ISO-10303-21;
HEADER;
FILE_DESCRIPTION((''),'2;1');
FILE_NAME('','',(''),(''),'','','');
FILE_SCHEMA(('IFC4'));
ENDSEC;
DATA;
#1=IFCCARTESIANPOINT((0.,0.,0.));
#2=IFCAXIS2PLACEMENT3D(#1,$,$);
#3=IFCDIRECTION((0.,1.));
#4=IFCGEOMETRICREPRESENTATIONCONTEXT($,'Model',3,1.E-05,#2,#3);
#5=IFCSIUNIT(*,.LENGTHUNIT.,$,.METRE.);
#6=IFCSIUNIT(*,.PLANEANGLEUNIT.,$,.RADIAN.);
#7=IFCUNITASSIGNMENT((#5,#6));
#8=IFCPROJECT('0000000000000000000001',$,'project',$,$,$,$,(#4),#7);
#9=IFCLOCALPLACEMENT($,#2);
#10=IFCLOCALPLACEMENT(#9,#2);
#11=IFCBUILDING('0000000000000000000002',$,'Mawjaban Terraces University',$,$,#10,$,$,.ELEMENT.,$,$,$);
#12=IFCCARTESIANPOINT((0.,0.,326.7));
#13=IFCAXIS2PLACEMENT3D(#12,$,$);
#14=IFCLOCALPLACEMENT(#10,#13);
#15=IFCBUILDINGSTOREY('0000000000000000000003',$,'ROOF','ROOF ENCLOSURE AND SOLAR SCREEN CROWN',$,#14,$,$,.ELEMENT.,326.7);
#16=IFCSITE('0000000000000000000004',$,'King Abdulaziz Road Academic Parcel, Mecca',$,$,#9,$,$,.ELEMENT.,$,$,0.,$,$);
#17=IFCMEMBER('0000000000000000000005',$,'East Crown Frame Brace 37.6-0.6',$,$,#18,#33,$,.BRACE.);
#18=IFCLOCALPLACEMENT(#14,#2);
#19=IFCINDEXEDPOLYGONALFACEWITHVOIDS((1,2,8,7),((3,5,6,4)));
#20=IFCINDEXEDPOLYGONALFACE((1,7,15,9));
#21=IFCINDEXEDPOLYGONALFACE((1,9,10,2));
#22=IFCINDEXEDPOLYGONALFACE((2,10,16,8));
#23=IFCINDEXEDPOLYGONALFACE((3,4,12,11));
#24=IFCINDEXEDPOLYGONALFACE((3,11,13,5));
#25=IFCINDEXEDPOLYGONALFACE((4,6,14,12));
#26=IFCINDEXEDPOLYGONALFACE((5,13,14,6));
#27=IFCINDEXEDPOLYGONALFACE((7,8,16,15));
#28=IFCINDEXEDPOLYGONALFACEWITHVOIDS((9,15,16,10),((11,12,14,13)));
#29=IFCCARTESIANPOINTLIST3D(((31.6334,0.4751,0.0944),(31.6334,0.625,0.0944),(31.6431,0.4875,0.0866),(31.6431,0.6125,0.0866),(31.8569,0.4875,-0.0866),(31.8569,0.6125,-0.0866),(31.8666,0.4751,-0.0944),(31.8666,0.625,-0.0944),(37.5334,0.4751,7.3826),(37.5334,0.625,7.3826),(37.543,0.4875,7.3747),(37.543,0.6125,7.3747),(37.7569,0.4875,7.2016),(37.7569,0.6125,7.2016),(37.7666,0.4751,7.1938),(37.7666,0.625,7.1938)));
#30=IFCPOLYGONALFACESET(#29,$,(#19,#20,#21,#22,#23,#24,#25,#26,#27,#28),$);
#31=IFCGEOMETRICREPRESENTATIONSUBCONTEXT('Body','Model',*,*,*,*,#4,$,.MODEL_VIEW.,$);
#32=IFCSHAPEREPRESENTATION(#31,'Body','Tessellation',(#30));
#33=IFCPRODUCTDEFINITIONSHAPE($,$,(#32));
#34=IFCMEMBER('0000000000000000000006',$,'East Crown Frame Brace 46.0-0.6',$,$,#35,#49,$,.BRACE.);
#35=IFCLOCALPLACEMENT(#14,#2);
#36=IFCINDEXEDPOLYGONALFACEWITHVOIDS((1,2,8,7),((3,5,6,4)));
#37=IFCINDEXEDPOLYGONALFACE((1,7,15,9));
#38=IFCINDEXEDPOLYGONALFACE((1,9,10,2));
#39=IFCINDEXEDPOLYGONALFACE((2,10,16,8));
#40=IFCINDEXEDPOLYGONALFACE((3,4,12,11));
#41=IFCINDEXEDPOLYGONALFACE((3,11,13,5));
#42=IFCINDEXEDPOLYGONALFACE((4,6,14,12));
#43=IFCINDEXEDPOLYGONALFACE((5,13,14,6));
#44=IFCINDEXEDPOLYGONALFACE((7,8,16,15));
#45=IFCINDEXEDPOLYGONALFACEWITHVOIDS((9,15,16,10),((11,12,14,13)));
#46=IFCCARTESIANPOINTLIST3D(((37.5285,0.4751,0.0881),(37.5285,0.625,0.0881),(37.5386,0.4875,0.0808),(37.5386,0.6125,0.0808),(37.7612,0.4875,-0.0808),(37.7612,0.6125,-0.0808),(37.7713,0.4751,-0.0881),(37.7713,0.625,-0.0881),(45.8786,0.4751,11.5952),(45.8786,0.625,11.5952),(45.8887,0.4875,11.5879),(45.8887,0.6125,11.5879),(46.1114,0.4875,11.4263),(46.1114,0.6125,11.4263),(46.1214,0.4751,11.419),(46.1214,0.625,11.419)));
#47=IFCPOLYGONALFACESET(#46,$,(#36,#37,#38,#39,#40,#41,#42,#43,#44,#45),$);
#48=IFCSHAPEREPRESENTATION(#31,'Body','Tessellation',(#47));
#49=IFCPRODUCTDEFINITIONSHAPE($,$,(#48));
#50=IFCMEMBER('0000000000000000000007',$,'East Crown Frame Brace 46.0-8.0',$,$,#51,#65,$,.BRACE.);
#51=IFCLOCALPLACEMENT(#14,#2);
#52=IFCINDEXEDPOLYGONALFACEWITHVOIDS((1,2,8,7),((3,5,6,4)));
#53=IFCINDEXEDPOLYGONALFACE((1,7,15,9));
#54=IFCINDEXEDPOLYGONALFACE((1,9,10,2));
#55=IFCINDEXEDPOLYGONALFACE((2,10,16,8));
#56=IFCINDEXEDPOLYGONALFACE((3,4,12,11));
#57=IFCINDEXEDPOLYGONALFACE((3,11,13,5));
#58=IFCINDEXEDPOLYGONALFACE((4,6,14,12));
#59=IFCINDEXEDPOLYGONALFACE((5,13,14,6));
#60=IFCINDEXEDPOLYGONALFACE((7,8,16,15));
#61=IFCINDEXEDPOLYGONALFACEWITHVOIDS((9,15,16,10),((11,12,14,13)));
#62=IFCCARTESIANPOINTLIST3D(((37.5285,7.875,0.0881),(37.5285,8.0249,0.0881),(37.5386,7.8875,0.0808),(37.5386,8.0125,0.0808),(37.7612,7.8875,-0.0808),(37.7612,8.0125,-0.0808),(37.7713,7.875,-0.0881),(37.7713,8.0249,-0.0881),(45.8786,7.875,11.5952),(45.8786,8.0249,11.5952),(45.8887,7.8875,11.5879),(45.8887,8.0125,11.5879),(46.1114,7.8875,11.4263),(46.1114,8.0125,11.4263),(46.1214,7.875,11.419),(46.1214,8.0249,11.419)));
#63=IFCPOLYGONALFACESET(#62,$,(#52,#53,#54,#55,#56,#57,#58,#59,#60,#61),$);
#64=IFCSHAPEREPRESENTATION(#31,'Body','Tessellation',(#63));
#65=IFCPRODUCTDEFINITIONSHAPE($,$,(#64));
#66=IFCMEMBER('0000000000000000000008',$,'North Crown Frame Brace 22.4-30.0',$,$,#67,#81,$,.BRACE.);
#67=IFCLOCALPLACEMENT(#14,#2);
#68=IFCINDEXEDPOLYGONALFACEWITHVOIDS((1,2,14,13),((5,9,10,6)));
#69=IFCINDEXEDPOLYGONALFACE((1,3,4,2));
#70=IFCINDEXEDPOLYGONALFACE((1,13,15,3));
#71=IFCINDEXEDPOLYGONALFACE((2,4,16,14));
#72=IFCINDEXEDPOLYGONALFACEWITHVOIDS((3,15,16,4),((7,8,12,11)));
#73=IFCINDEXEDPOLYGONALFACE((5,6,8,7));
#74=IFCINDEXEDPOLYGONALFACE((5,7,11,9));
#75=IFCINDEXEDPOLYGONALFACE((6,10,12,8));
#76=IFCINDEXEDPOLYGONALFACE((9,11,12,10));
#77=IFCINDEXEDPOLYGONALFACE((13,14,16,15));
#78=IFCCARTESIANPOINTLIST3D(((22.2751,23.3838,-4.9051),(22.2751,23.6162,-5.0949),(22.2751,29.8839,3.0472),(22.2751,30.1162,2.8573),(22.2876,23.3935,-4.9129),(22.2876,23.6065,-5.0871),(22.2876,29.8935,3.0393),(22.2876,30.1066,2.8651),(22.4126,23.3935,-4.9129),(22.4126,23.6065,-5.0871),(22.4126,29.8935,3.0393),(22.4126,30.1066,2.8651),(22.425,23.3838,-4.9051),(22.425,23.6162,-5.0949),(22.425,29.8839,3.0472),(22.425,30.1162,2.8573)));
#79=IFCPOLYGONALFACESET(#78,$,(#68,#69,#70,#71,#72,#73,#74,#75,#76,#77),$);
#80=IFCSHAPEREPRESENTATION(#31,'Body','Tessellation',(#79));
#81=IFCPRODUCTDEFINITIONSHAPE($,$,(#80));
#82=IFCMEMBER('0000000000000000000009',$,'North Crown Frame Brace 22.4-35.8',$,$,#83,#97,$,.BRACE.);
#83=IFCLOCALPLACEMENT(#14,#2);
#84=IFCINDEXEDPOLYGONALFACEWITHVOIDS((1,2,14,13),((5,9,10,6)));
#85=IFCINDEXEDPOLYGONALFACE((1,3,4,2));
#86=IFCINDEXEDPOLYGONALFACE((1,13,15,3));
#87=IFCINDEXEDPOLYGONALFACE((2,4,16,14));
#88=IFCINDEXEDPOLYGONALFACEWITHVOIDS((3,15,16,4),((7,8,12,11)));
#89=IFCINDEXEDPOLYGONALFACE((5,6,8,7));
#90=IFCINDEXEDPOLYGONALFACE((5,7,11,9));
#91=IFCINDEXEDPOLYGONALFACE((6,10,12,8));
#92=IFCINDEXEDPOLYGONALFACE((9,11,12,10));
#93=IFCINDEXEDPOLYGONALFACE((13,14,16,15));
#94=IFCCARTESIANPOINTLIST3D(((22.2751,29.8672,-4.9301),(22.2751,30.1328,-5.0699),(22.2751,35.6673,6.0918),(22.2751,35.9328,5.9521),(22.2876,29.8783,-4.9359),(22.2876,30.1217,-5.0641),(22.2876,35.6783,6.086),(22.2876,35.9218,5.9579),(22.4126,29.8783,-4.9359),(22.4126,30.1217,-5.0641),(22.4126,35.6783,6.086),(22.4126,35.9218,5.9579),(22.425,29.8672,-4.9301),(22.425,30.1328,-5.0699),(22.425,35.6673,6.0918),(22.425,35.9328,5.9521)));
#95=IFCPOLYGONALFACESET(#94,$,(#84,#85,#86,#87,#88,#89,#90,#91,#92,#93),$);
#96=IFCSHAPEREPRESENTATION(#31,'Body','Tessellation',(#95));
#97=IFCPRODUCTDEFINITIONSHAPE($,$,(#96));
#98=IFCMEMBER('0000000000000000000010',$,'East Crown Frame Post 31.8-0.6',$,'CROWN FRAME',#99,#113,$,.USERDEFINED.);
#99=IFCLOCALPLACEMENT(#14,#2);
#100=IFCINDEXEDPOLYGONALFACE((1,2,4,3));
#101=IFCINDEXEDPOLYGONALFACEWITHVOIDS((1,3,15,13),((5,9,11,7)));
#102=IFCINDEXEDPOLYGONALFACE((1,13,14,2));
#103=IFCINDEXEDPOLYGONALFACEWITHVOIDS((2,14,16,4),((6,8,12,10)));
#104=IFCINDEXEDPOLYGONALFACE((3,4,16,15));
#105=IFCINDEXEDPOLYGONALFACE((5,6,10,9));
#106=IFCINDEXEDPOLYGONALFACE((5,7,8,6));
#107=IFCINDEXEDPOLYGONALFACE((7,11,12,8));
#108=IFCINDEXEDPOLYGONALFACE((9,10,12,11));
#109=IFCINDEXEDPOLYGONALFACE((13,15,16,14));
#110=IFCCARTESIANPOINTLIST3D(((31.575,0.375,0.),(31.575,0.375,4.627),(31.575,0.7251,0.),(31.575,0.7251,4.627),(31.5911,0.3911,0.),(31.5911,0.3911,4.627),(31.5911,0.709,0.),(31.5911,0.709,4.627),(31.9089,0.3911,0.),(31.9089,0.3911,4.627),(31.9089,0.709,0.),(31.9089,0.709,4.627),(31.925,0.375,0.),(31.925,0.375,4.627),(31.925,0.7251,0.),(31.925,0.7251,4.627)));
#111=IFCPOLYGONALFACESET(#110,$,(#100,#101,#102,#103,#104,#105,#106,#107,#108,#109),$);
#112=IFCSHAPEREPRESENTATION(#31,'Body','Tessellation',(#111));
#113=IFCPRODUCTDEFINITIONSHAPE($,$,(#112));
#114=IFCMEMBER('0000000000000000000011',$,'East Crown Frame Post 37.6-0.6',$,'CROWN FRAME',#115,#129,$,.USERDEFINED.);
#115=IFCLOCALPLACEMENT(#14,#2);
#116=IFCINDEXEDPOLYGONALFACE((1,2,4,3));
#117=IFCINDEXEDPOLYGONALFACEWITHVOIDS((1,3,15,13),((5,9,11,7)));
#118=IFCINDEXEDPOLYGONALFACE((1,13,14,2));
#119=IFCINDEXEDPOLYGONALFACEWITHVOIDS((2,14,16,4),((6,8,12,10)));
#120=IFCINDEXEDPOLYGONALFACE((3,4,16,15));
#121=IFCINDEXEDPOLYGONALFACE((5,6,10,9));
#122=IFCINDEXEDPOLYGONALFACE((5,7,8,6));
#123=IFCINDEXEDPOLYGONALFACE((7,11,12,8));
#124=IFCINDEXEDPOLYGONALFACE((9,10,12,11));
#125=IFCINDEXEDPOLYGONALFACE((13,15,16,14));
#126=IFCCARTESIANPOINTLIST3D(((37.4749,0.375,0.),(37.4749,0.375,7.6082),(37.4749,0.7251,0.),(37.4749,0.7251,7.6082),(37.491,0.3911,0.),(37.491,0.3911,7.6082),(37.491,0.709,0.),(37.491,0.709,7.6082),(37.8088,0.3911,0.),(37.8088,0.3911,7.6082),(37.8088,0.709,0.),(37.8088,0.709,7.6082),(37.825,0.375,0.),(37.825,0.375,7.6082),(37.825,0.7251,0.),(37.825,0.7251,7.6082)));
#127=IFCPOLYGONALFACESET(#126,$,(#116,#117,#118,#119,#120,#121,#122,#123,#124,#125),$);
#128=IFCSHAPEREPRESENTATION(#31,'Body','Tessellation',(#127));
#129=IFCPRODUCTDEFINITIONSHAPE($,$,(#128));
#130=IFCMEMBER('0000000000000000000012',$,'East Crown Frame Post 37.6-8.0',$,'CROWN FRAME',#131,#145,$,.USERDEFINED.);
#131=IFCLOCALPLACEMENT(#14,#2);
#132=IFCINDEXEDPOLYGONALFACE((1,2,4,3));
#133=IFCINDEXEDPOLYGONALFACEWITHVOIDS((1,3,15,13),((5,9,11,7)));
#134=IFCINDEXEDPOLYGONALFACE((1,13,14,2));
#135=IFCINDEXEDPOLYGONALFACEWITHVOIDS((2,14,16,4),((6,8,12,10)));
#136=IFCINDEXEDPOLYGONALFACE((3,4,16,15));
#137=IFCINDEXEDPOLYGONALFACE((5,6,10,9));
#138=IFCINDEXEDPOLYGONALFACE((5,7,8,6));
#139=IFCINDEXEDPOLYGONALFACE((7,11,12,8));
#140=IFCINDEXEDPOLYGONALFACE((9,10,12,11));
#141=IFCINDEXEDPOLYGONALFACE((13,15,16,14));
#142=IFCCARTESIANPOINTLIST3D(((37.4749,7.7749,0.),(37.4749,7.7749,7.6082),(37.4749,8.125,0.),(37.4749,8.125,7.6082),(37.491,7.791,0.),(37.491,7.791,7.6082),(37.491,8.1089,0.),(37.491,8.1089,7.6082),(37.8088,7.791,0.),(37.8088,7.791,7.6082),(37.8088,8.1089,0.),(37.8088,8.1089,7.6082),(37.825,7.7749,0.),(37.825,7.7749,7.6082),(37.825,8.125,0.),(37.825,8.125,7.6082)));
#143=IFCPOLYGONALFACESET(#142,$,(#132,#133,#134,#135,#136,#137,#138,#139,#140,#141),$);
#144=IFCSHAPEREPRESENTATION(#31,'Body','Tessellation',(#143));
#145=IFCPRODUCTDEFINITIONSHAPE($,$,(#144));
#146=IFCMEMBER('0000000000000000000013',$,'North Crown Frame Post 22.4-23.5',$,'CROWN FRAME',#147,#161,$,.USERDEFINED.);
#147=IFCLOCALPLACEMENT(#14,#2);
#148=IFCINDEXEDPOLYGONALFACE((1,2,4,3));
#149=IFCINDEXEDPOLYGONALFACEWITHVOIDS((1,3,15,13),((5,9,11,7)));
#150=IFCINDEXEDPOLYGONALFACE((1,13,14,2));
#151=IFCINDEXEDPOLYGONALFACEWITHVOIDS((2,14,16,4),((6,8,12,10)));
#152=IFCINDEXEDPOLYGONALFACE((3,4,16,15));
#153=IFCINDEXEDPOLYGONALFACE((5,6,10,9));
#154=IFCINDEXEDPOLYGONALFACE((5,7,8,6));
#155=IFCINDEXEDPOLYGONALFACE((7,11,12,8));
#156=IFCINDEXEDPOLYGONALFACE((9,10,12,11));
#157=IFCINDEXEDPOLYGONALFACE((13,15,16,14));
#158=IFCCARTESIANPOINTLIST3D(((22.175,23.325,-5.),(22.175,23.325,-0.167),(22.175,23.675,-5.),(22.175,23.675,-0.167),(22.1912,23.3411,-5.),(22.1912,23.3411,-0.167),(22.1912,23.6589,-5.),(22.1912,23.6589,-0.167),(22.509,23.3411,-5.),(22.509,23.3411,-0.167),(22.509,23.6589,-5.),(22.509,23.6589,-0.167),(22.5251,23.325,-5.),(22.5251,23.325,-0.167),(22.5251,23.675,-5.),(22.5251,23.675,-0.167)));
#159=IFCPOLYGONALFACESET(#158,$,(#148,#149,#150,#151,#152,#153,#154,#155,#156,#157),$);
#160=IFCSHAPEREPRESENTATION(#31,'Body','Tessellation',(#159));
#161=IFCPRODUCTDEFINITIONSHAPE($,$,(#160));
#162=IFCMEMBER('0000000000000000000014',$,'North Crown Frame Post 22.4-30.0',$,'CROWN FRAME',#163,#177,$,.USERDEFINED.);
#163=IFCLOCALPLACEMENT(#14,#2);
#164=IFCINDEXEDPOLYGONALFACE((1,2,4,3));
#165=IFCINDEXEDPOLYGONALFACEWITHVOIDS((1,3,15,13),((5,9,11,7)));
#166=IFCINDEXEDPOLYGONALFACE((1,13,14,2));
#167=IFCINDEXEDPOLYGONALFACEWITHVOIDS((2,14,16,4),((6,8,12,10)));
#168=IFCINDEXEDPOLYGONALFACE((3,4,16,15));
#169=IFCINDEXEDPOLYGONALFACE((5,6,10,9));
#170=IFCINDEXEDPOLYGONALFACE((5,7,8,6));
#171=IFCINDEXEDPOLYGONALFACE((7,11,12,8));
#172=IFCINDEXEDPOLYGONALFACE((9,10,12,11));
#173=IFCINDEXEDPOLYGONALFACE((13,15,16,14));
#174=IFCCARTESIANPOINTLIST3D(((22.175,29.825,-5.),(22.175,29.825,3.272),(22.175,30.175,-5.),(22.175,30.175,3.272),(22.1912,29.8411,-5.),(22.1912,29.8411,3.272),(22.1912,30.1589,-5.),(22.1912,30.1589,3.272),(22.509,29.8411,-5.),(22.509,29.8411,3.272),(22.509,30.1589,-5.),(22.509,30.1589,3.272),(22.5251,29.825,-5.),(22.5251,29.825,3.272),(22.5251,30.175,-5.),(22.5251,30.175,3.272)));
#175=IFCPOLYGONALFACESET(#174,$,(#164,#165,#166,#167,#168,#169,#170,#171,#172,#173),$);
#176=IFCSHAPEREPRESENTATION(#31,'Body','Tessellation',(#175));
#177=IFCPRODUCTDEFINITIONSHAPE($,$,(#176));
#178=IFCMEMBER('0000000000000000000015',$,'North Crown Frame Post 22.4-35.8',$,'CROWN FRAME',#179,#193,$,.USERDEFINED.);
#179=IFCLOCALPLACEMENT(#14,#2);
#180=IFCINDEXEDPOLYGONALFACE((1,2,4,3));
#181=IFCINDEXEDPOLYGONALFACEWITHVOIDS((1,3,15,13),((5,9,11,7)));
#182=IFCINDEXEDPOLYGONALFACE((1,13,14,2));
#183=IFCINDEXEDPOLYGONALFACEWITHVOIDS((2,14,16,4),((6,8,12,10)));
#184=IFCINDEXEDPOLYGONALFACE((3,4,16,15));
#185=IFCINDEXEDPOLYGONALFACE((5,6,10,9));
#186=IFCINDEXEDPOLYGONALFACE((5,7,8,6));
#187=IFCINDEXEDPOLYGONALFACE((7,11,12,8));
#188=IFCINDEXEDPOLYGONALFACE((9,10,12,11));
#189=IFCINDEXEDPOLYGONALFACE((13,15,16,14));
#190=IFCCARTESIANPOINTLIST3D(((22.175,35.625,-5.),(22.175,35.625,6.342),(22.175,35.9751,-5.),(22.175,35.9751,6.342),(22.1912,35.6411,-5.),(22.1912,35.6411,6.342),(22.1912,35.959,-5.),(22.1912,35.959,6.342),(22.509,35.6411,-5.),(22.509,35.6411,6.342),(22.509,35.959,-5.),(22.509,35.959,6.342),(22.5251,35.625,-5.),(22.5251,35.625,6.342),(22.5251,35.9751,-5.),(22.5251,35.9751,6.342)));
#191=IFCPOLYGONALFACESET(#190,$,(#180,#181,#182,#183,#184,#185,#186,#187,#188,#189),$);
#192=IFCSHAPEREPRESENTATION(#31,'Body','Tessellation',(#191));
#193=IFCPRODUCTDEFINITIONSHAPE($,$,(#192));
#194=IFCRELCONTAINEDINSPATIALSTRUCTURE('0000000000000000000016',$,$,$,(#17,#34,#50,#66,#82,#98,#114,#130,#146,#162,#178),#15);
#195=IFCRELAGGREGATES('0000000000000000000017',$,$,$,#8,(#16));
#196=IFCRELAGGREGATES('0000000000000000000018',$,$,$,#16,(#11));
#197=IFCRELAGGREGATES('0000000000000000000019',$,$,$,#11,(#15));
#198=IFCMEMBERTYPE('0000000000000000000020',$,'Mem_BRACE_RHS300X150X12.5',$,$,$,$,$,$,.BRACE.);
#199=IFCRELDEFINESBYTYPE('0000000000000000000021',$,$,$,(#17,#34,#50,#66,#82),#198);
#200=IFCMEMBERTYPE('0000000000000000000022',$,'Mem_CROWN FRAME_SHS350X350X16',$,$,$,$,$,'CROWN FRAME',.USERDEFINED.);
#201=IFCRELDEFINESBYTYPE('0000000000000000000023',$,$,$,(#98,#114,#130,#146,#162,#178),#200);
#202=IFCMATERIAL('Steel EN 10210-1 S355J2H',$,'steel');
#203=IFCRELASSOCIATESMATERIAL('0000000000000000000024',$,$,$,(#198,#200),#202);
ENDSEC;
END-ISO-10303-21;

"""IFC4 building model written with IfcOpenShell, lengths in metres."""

from ifc_helpers import new_model, si_unit, direction, frame, origin, origin_2d, place, context, subcontext, project, spatial, hollow_rectangle, extrude, material, material_profile, profile_set, type_object, element, save


model = new_model("IFC4")

# Units and contexts
model_context = context("Model", 3, precision=1e-05, world=origin(), true_north=direction((0.0, 1.0)))
body_context = subcontext(model_context, "Body", "Model", "MODEL_VIEW")
ifc_project = project(units=[si_unit("LENGTHUNIT", "METRE"), si_unit("PLANEANGLEUNIT", "RADIAN")], contexts=[model_context])

# Site, building, storey
site_placement = place(None, origin())
site = spatial("IfcSite", under=ifc_project, at=site_placement, Name="King Abdulaziz Road Academic Parcel, Mecca", CompositionType="ELEMENT", RefElevation=0.0)
building_placement = place(site_placement, origin())
building = spatial("IfcBuilding", under=site, at=building_placement, Name="Mawjaban Terraces University", CompositionType="ELEMENT")
storey_placement = place(building_placement, frame((0.0, 0.0, 326.7)))
storey = spatial("IfcBuildingStorey", under=building, at=storey_placement, Name="ROOF", Description="ROOF ENCLOSURE AND SOLAR SCREEN CROWN", CompositionType="ELEMENT", Elevation=326.7)

# Members
ifc_material_1 = material(Name="Steel EN 10210-1 S355J2H", Category="steel")
ifc_material_profile_1 = material_profile(ifc_material_1, hollow_rectangle(XDim=0.1499, YDim=0.3, WallThickness=0.0125, at=origin_2d()), Name="RHS300X150X12.5")
ifc_profile_set_1 = profile_set([ifc_material_profile_1], Name="Steel EN 10210-1 S355J2H")
member_type_1 = type_object("IfcMemberType", Name="Mem_BRACE_RHS300X150X12.5", PredefinedType="BRACE", material=ifc_profile_set_1)
member_1_placement = place(storey_placement, frame((31.75, 0.55, 0.0), z_axis=(0.6292, 0.0, 0.777244), x_axis=(0.0, 1.0, 0.0)))
element("IfcMember", 1, at=member_1_placement, inside=storey, type_object=member_type_1, Name="East Crown Frame Brace 37.6-0.6", PredefinedType="BRACE", context=body_context, shape_type="SweptSolid", body=[
    extrude(hollow_rectangle(XDim=0.1499, YDim=0.3, WallThickness=0.0125, at=origin_2d()), origin(), (0.0, 0.0, 1.0), 9.377),
])
for number, where, z_axis, x_axis, name in (
    (2, (37.6499, 0.55, 0.0), (0.587312, 0.0, 0.809361), (0.0, 1.0, 0.0), "East Crown Frame Brace 46.0-0.6"),
    (3, (37.6499, 7.95, 0.0), (0.587312, 0.0, 0.809361), (0.0, 1.0, 0.0), "East Crown Frame Brace 46.0-8.0"),
):
    element("IfcMember", number, at=place(storey_placement, frame(where, z_axis=z_axis, x_axis=x_axis)), inside=storey, type_object=member_type_1, Name=name, PredefinedType="BRACE", context=body_context, shape_type="SweptSolid", body=[
        extrude(hollow_rectangle(XDim=0.1499, YDim=0.3, WallThickness=0.0125, at=origin_2d()), origin(), (0.0, 0.0, 1.0), 14.2175),
    ])
member_2_placement = place(storey_placement, frame((22.3501, 23.5, -5.0), z_axis=(0.0, 0.63287, 0.774258), x_axis=(-1.0, 0.0, 0.0)))
element("IfcMember", 4, at=member_2_placement, inside=storey, type_object=member_type_1, Name="North Crown Frame Brace 22.4-30.0", PredefinedType="BRACE", context=body_context, shape_type="SweptSolid", body=[
    extrude(hollow_rectangle(XDim=0.1499, YDim=0.3, WallThickness=0.0125, at=origin_2d()), origin(), (0.0, 0.0, 1.0), 10.2708),
])
member_3_placement = place(storey_placement, frame((22.3501, 30.0, -5.0), z_axis=(0.0, 0.465684, 0.884951), x_axis=(-1.0, 0.0, 0.0)))
element("IfcMember", 5, at=member_3_placement, inside=storey, type_object=member_type_1, Name="North Crown Frame Brace 22.4-35.8", PredefinedType="BRACE", context=body_context, shape_type="SweptSolid", body=[
    extrude(hollow_rectangle(XDim=0.1499, YDim=0.3, WallThickness=0.0125, at=origin_2d()), origin(), (0.0, 0.0, 1.0), 12.4548),
])
ifc_material_profile_2 = material_profile(ifc_material_1, hollow_rectangle(XDim=0.3501, YDim=0.3501, WallThickness=0.0161, at=origin_2d()), Name="SHS350X350X16")
ifc_profile_set_2 = profile_set([ifc_material_profile_2], Name="Steel EN 10210-1 S355J2H")
member_type_2 = type_object("IfcMemberType", Name="Mem_CROWN FRAME_SHS350X350X16", ElementType="CROWN FRAME", PredefinedType="USERDEFINED", material=ifc_profile_set_2)
member_4_placement = place(storey_placement, frame((31.75, 0.55, 0.0), z_axis=(0.0, 0.0, 1.0), x_axis=(1.0, 0.0, 0.0)))
element("IfcMember", 6, at=member_4_placement, inside=storey, type_object=member_type_2, Name="East Crown Frame Post 31.8-0.6", ObjectType="CROWN FRAME", PredefinedType="USERDEFINED", context=body_context, shape_type="SweptSolid", body=[
    extrude(hollow_rectangle(XDim=0.3501, YDim=0.3501, WallThickness=0.0161, at=origin_2d()), origin(), (0.0, 0.0, 1.0), 4.627),
])
for number, where, z_axis, x_axis, name in (
    (7, (37.6499, 0.55, 0.0), (0.0, 0.0, 1.0), (1.0, 0.0, 0.0), "East Crown Frame Post 37.6-0.6"),
    (8, (37.6499, 7.95, 0.0), (0.0, 0.0, 1.0), (1.0, 0.0, 0.0), "East Crown Frame Post 37.6-8.0"),
):
    element("IfcMember", number, at=place(storey_placement, frame(where, z_axis=z_axis, x_axis=x_axis)), inside=storey, type_object=member_type_2, Name=name, ObjectType="CROWN FRAME", PredefinedType="USERDEFINED", context=body_context, shape_type="SweptSolid", body=[
        extrude(hollow_rectangle(XDim=0.3501, YDim=0.3501, WallThickness=0.0161, at=origin_2d()), origin(), (0.0, 0.0, 1.0), 7.6082),
    ])
member_5_placement = place(storey_placement, frame((22.3501, 23.5, -5.0), z_axis=(0.0, 0.0, 1.0), x_axis=(1.0, 0.0, 0.0)))
element("IfcMember", 9, at=member_5_placement, inside=storey, type_object=member_type_2, Name="North Crown Frame Post 22.4-23.5", ObjectType="CROWN FRAME", PredefinedType="USERDEFINED", context=body_context, shape_type="SweptSolid", body=[
    extrude(hollow_rectangle(XDim=0.3501, YDim=0.3501, WallThickness=0.0161, at=origin_2d()), origin(), (0.0, 0.0, 1.0), 4.833),
])
member_6_placement = place(storey_placement, frame((22.3501, 30.0, -5.0), z_axis=(0.0, 0.0, 1.0), x_axis=(1.0, 0.0, 0.0)))
element("IfcMember", 10, at=member_6_placement, inside=storey, type_object=member_type_2, Name="North Crown Frame Post 22.4-30.0", ObjectType="CROWN FRAME", PredefinedType="USERDEFINED", context=body_context, shape_type="SweptSolid", body=[
    extrude(hollow_rectangle(XDim=0.3501, YDim=0.3501, WallThickness=0.0161, at=origin_2d()), origin(), (0.0, 0.0, 1.0), 8.272),
])
member_7_placement = place(storey_placement, frame((22.3501, 35.8, -5.0), z_axis=(0.0, 0.0, 1.0), x_axis=(1.0, 0.0, 0.0)))
element("IfcMember", 11, at=member_7_placement, inside=storey, type_object=member_type_2, Name="North Crown Frame Post 22.4-35.8", ObjectType="CROWN FRAME", PredefinedType="USERDEFINED", context=body_context, shape_type="SweptSolid", body=[
    extrude(hollow_rectangle(XDim=0.3501, YDim=0.3501, WallThickness=0.0161, at=origin_2d()), origin(), (0.0, 0.0, 1.0), 11.342),
])

save(model, "model.ifc")
